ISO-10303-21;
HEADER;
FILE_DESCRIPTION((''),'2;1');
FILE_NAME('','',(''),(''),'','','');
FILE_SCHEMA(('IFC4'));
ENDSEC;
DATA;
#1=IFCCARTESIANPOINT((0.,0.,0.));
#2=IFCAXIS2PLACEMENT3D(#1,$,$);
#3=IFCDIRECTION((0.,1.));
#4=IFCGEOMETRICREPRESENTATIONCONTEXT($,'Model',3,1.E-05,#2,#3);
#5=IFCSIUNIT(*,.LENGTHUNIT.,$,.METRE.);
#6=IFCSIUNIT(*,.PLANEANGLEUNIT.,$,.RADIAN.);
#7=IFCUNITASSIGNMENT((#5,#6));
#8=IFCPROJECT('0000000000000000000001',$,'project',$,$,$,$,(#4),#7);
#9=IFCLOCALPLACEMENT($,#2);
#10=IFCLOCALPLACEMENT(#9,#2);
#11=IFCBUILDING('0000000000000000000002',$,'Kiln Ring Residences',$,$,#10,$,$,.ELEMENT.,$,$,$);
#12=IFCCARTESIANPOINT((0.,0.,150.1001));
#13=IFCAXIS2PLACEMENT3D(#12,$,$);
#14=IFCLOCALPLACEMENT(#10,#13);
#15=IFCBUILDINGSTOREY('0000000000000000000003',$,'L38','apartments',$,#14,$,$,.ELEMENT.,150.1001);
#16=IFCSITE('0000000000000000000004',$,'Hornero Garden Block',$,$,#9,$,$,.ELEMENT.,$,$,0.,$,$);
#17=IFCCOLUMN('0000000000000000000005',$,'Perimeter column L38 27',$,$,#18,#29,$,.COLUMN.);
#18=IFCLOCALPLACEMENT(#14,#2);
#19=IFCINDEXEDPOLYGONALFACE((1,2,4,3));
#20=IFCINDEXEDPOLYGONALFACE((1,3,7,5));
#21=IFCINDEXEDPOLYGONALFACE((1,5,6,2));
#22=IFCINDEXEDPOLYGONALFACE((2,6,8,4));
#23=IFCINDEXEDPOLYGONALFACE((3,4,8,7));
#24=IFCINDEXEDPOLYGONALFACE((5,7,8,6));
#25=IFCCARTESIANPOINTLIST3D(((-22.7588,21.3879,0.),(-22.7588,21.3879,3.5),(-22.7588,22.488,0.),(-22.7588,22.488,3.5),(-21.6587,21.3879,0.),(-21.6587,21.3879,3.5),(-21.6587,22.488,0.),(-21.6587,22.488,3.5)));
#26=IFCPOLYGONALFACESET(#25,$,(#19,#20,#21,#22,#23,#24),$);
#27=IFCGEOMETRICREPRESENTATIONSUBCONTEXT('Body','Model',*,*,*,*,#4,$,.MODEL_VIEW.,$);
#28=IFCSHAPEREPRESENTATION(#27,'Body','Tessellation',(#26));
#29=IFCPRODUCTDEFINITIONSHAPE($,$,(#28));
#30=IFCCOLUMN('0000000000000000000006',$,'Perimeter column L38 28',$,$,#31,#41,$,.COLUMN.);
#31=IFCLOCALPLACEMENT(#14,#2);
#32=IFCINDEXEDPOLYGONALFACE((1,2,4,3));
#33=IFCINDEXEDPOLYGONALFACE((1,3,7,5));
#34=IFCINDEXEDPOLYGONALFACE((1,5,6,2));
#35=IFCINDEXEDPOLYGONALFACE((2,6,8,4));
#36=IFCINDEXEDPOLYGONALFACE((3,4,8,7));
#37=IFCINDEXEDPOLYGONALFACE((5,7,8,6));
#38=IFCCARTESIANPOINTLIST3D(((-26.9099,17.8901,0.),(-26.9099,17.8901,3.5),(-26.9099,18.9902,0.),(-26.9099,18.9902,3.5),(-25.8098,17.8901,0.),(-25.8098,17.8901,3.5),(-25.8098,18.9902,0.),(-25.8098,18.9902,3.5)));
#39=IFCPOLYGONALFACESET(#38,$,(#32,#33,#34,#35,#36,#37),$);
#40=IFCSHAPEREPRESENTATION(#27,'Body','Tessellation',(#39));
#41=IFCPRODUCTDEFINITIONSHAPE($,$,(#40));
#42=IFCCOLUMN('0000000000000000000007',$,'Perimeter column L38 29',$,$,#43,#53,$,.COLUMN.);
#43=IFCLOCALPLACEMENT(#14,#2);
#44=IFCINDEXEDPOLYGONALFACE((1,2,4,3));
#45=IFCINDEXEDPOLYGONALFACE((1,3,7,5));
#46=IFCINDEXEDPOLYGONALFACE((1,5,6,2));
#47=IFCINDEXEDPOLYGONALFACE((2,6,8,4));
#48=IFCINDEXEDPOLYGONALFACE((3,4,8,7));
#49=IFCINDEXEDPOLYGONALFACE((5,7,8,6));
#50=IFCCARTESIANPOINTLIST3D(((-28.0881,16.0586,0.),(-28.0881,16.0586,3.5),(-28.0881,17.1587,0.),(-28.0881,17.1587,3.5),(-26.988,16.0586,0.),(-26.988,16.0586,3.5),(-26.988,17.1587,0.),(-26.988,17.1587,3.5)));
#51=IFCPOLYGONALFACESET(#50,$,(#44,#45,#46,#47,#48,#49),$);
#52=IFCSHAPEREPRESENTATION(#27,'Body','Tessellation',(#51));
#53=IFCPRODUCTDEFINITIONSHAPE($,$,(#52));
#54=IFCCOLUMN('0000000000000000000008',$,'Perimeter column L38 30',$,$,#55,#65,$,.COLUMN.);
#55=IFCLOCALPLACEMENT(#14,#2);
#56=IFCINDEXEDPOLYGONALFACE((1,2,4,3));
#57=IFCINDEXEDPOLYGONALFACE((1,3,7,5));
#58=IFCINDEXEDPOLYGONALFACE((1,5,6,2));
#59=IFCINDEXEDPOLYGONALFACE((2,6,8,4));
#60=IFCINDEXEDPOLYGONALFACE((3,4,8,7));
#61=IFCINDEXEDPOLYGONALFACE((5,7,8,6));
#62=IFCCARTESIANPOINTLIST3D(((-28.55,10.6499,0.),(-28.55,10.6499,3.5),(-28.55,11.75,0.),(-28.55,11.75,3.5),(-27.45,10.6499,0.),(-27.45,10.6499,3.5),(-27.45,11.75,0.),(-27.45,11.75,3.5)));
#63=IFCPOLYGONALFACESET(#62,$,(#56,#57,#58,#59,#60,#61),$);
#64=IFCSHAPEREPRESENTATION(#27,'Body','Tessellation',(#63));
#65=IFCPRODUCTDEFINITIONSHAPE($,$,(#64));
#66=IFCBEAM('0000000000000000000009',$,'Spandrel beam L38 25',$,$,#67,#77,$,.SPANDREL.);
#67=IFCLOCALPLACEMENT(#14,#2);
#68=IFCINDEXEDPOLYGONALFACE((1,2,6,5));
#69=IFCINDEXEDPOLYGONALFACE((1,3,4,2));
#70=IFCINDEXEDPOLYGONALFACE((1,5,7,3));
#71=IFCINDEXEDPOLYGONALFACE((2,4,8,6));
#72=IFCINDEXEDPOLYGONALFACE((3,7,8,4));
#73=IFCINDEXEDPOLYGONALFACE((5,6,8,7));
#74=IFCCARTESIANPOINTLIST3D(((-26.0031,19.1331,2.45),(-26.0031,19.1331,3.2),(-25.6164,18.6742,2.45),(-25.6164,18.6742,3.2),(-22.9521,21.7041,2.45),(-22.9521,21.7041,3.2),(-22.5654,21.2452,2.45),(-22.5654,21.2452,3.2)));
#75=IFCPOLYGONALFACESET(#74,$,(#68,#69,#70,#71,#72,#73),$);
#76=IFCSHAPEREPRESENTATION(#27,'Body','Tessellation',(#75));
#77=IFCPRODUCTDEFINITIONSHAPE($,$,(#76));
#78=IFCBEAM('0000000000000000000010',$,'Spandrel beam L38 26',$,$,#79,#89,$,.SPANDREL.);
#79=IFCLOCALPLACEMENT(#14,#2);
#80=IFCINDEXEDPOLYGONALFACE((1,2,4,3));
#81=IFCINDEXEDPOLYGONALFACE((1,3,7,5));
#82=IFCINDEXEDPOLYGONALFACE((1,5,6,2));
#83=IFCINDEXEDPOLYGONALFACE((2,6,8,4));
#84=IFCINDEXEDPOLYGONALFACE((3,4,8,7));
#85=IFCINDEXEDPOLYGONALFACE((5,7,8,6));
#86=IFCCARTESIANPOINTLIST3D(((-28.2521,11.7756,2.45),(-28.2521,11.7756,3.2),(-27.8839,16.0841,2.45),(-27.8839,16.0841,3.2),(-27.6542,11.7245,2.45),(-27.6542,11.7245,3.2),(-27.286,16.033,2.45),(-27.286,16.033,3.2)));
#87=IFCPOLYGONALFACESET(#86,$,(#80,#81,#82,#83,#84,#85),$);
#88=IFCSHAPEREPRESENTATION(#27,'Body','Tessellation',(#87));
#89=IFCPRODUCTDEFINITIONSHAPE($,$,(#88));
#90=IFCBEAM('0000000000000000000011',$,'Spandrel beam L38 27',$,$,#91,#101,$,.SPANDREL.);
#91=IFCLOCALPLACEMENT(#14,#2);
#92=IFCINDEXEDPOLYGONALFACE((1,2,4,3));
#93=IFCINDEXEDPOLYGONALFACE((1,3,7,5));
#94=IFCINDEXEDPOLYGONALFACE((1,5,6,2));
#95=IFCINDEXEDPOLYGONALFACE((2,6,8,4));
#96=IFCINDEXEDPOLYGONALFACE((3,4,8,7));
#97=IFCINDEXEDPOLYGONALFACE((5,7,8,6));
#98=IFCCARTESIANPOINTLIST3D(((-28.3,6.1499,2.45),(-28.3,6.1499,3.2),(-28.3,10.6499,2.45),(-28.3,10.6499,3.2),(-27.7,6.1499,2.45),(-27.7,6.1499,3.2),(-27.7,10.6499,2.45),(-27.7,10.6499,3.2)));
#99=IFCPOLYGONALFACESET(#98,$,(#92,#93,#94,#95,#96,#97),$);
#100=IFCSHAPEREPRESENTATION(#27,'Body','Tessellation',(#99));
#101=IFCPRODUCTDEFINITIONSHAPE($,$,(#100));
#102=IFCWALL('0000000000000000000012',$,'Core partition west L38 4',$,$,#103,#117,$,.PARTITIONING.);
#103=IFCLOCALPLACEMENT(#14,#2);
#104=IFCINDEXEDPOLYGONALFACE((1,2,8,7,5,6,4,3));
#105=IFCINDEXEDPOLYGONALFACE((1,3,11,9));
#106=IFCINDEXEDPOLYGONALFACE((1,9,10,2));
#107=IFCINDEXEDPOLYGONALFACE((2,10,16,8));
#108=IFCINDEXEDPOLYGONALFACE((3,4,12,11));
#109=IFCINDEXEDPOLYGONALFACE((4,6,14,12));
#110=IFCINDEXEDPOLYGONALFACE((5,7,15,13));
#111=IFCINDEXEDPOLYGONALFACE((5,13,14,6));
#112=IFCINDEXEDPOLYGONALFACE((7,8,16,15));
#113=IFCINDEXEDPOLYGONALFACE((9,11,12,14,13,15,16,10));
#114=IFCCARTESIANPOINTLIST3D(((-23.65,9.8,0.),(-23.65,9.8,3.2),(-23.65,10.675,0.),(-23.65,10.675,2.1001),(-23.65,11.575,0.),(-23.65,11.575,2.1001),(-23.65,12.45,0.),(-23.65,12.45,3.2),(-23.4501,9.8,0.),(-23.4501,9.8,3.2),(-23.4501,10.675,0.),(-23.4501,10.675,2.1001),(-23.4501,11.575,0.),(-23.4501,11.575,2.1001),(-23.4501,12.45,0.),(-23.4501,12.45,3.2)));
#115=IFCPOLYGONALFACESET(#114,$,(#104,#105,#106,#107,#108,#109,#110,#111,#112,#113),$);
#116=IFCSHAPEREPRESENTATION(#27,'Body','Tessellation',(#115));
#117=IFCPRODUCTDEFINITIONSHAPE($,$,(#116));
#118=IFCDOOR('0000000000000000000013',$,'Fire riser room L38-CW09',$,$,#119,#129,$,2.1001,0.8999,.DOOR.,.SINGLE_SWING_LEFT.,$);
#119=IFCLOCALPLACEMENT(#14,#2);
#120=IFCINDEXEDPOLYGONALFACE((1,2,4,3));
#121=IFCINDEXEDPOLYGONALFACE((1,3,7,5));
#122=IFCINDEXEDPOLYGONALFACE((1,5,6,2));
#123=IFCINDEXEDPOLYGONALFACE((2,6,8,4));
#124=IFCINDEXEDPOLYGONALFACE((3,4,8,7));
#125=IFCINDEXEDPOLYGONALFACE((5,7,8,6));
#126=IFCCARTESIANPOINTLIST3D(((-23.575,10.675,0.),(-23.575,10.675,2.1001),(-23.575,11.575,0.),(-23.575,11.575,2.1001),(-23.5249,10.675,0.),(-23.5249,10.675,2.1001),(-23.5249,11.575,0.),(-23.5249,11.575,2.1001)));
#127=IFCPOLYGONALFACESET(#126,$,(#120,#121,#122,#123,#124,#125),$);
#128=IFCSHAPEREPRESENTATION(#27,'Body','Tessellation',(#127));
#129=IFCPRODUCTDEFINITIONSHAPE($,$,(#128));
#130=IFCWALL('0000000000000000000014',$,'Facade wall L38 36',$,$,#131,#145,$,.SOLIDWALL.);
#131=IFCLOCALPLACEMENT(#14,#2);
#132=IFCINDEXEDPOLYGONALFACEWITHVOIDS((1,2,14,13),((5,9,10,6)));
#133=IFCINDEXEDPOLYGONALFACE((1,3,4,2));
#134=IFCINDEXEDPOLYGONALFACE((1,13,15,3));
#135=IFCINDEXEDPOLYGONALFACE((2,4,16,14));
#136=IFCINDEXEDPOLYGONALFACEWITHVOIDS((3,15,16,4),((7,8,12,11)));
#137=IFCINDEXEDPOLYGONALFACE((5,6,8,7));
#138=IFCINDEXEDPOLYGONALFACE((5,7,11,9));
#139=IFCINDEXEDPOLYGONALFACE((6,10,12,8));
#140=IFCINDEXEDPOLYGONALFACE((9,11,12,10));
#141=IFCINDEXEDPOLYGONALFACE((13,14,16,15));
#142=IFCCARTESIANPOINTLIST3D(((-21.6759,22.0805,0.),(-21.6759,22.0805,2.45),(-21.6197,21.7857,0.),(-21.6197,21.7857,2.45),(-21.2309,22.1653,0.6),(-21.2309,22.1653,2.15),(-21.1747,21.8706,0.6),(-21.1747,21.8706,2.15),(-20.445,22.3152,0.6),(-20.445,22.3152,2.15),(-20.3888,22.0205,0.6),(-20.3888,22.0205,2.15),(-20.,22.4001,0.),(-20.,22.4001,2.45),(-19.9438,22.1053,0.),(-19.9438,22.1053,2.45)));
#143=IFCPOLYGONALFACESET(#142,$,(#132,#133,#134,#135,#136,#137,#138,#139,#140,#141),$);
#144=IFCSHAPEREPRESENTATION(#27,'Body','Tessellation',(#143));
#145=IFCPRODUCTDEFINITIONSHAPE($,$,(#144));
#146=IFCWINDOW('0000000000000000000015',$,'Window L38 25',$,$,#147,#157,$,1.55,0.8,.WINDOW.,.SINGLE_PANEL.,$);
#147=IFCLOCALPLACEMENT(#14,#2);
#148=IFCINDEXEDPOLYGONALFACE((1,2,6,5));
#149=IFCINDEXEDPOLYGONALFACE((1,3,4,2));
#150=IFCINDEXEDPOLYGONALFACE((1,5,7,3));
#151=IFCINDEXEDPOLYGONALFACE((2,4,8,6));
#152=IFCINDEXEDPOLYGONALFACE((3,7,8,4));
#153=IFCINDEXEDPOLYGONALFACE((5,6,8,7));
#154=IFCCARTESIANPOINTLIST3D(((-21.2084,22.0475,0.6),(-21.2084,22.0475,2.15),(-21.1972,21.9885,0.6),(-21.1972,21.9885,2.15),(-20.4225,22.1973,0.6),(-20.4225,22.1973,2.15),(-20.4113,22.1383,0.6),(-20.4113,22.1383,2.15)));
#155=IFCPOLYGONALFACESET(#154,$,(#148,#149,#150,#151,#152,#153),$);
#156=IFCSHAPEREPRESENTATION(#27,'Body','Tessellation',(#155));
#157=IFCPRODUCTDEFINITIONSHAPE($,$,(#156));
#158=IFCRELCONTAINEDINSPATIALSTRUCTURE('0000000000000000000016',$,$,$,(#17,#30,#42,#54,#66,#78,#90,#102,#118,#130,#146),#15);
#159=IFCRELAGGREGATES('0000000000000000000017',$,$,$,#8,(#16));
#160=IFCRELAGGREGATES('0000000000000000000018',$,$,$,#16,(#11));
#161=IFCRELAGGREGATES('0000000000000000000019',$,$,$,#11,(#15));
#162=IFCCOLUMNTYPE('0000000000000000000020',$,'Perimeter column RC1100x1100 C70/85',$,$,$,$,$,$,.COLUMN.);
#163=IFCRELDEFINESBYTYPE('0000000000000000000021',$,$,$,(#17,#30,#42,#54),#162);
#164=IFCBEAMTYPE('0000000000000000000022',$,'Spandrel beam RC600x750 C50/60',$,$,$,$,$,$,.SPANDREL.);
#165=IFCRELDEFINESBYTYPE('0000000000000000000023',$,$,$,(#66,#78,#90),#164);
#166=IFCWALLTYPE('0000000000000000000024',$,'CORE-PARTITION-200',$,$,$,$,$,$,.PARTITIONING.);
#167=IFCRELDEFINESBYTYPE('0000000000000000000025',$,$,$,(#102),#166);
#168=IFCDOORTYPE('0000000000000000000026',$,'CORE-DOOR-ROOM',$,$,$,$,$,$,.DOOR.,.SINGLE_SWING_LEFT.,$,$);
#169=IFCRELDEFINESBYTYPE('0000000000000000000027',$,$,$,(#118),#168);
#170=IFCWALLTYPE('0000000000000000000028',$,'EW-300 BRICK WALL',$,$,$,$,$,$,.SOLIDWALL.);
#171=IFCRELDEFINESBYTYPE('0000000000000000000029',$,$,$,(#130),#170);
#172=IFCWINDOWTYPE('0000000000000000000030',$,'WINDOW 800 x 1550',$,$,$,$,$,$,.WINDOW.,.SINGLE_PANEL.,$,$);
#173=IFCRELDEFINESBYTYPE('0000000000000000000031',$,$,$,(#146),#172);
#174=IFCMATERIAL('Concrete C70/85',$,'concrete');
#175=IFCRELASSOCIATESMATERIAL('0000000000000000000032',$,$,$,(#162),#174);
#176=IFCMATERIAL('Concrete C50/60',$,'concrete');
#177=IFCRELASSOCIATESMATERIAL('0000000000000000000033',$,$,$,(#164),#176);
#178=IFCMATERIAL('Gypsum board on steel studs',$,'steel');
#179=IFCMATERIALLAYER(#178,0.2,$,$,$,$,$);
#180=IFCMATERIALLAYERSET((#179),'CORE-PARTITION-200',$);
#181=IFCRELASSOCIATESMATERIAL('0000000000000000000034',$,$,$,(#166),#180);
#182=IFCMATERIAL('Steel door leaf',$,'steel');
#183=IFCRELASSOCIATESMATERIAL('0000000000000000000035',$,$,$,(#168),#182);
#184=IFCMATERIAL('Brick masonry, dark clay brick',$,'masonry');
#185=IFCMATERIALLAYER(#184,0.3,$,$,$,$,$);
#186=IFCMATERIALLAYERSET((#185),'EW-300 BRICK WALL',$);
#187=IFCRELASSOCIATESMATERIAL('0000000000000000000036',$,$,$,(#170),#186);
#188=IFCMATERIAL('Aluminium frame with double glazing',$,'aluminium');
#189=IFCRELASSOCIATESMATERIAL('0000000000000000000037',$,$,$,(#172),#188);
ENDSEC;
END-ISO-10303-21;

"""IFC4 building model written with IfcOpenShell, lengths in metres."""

from ifc_helpers import new_model, si_unit, direction, frame, frame_2d, origin, origin_2d, place, context, subcontext, project, spatial, rectangle, extrude, material, layer, layer_set, material_profile, profile_set, type_object, element, fill, save


model = new_model("IFC4")

# Units and contexts
model_context = context("Model", 3, precision=1e-05, world=origin(), true_north=direction((0.0, 1.0)))
body_context = subcontext(model_context, "Body", "Model", "MODEL_VIEW")
ifc_project = project(units=[si_unit("LENGTHUNIT", "METRE"), si_unit("PLANEANGLEUNIT", "RADIAN")], contexts=[model_context])

# Site, building, storey
site_placement = place(None, origin())
site = spatial("IfcSite", under=ifc_project, at=site_placement, Name="Hornero Garden Block", CompositionType="ELEMENT", RefElevation=0.0)
building_placement = place(site_placement, origin())
building = spatial("IfcBuilding", under=site, at=building_placement, Name="Kiln Ring Residences", CompositionType="ELEMENT")
storey_placement = place(building_placement, frame((0.0, 0.0, 150.1001)))
storey = spatial("IfcBuildingStorey", under=building, at=storey_placement, Name="L38", Description="apartments", CompositionType="ELEMENT", Elevation=150.1001)

# Columns
ifc_material_1 = material(Name="Concrete C70/85", Category="concrete")
ifc_material_profile_1 = material_profile(ifc_material_1, rectangle(XDim=1.1001, YDim=1.1001, at=origin_2d()), Name="RC1100x1100")
ifc_profile_set_1 = profile_set([ifc_material_profile_1], Name="Concrete C70/85")
column_type = type_object("IfcColumnType", Name="Perimeter column RC1100x1100 C70/85", PredefinedType="COLUMN", material=ifc_profile_set_1)
for number, where, z_axis, x_axis, name in (
    (1, (-22.2087, 21.938, 0.0), (0.0, 0.0, 1.0), (1.0, 0.0, 0.0), "Perimeter column L38 27"),
    (2, (-26.3599, 18.4402, 0.0), (0.0, 0.0, 1.0), (1.0, 0.0, 0.0), "Perimeter column L38 28"),
    (3, (-27.5381, 16.6086, 0.0), (0.0, 0.0, 1.0), (1.0, 0.0, 0.0), "Perimeter column L38 29"),
    (4, (-28.0, 11.2, 0.0), (0.0, 0.0, 1.0), (1.0, 0.0, 0.0), "Perimeter column L38 30"),
):
    element("IfcColumn", number, at=place(storey_placement, frame(where, z_axis=z_axis, x_axis=x_axis)), inside=storey, type_object=column_type, Name=name, PredefinedType="COLUMN", context=body_context, shape_type="SweptSolid", body=[
        extrude(rectangle(XDim=1.1001, YDim=1.1001, at=origin_2d()), origin(), (0.0, 0.0, 1.0), 3.5),
    ])

# Beams
ifc_material_2 = material(Name="Concrete C50/60", Category="concrete")
ifc_material_profile_2 = material_profile(ifc_material_2, rectangle(XDim=0.6001, YDim=0.75, at=origin_2d()), Name="RC600x750")
ifc_profile_set_2 = profile_set([ifc_material_profile_2], Name="Concrete C50/60")
beam_type = type_object("IfcBeamType", Name="Spandrel beam RC600x750 C50/60", PredefinedType="SPANDREL", material=ifc_profile_set_2)
beam_1_placement = place(storey_placement, frame((-22.7588, 21.4746, 2.825), z_axis=(-0.764694, -0.644394, 0.0), x_axis=(0.644394, -0.764694, 0.0)))
element("IfcBeam", 5, at=beam_1_placement, inside=storey, type_object=beam_type, Name="Spandrel beam L38 25", PredefinedType="SPANDREL", context=body_context, shape_type="SweptSolid", body=[
    extrude(rectangle(XDim=0.6001, YDim=0.75, at=origin_2d()), origin(), (0.0, 0.0, 1.0), 3.9897),
])
beam_2_placement = place(storey_placement, frame((-27.585, 16.0586, 2.825), z_axis=(-0.085139, -0.996369, 0.0), x_axis=(0.996369, -0.085139, 0.0)))
element("IfcBeam", 6, at=beam_2_placement, inside=storey, type_object=beam_type, Name="Spandrel beam L38 26", PredefinedType="SPANDREL", context=body_context, shape_type="SweptSolid", body=[
    extrude(rectangle(XDim=0.6001, YDim=0.75, at=origin_2d()), origin(), (0.0, 0.0, 1.0), 4.3242),
])
beam_3_placement = place(storey_placement, frame((-28.0, 10.6499, 2.825), z_axis=(0.0, -1.0, 0.0), x_axis=(1.0, 0.0, 0.0)))
element("IfcBeam", 7, at=beam_3_placement, inside=storey, type_object=beam_type, Name="Spandrel beam L38 27", PredefinedType="SPANDREL", context=body_context, shape_type="SweptSolid", body=[
    extrude(rectangle(XDim=0.6001, YDim=0.75, at=origin_2d()), origin(), (0.0, 0.0, 1.0), 4.5),
])

# Wall, opening, door
ifc_material_3 = material(Name="Gypsum board on steel studs", Category="steel")
ifc_layer_1 = layer(ifc_material_3, 0.2)
ifc_layer_set_1 = layer_set([ifc_layer_1], Name="CORE-PARTITION-200")
wall_type_1 = type_object("IfcWallType", Name="CORE-PARTITION-200", PredefinedType="PARTITIONING", material=ifc_layer_set_1)
wall_1_placement = place(storey_placement, frame((-23.55, 9.8, 0.0), z_axis=(0.0, 0.0, 1.0), x_axis=(0.0, 1.0, 0.0)))
wall_1 = element("IfcWall", 8, at=wall_1_placement, inside=storey, type_object=wall_type_1, Name="Core partition west L38 4", PredefinedType="PARTITIONING", context=body_context, shape_type="SweptSolid", body=[
    extrude(rectangle(XDim=2.6499, YDim=0.2, at=frame_2d((1.325, 0.0))), origin(), (0.0, 0.0, 1.0), 3.2),
])
opening_1_placement = place(wall_1_placement, frame((0.875, 0.0, 0.0)))
opening_1 = element("IfcOpeningElement", 9, at=opening_1_placement, cuts=wall_1, PredefinedType="OPENING", context=body_context, shape_type="SweptSolid", body=[
    extrude(rectangle(XDim=0.8999, YDim=2.1001, at=frame_2d((0.45, 1.05))), frame((0.0, 0.1099, 0.0), z_axis=(0.0, -1.0, 0.0), x_axis=(1.0, 0.0, 0.0)), (0.0, 0.0, 1.0), 0.22),
])
ifc_material_4 = material(Name="Steel door leaf", Category="steel")
door_type_1 = type_object("IfcDoorType", Name="CORE-DOOR-ROOM", OperationType="SINGLE_SWING_LEFT", PredefinedType="DOOR", material=ifc_material_4)
door_1_placement = place(opening_1_placement, origin())
door_1 = element("IfcDoor", 10, at=door_1_placement, inside=storey, type_object=door_type_1, Name="Fire riser room L38-CW09", OperationType="SINGLE_SWING_LEFT", OverallHeight=2.1001, OverallWidth=0.8999, PredefinedType="DOOR", context=body_context, shape_type="SweptSolid", body=[
    extrude(rectangle(XDim=0.8999, YDim=2.1001, at=frame_2d((0.45, 1.05))), frame((0.0, 0.0249, 0.0), z_axis=(0.0, -1.0, 0.0), x_axis=(1.0, 0.0, 0.0)), (0.0, 0.0, 1.0), 0.05),
])
fill(opening_1, door_1)

# Wall, opening, window
ifc_material_5 = material(Name="Brick masonry, dark clay brick", Category="masonry")
ifc_layer_2 = layer(ifc_material_5, 0.3)
ifc_layer_set_2 = layer_set([ifc_layer_2], Name="EW-300 BRICK WALL")
wall_type_2 = type_object("IfcWallType", Name="EW-300 BRICK WALL", PredefinedType="SOLIDWALL", material=ifc_layer_set_2)
wall_2_placement = place(storey_placement, frame((-19.9719, 22.2527, 0.0), z_axis=(0.0, 0.0, 1.0), x_axis=(-0.982297, -0.187329, 0.0)))
wall_2 = element("IfcWall", 11, at=wall_2_placement, inside=storey, type_object=wall_type_2, Name="Facade wall L38 36", PredefinedType="SOLIDWALL", context=body_context, shape_type="SweptSolid", body=[
    extrude(rectangle(XDim=1.7061, YDim=0.3, at=frame_2d((0.853, 0.0))), origin(), (0.0, 0.0, 1.0), 2.45),
])
opening_2_placement = place(wall_2_placement, frame((0.4531, 0.0, 0.6001)))
opening_2 = element("IfcOpeningElement", 12, at=opening_2_placement, cuts=wall_2, PredefinedType="OPENING", context=body_context, shape_type="SweptSolid", body=[
    extrude(rectangle(XDim=0.8, YDim=1.55, at=frame_2d((0.3999, 0.7749))), frame((0.0, 0.1599, 0.0), z_axis=(0.0, -1.0, 0.0), x_axis=(1.0, 0.0, 0.0)), (0.0, 0.0, 1.0), 0.3201),
])
ifc_material_6 = material(Name="Aluminium frame with double glazing", Category="aluminium")
window_type_1 = type_object("IfcWindowType", Name="WINDOW 800 x 1550", PartitioningType="SINGLE_PANEL", PredefinedType="WINDOW", material=ifc_material_6)
window_1_placement = place(opening_2_placement, origin())
window_1 = element("IfcWindow", 13, at=window_1_placement, inside=storey, type_object=window_type_1, Name="Window L38 25", OverallHeight=1.55, OverallWidth=0.8, PartitioningType="SINGLE_PANEL", PredefinedType="WINDOW", context=body_context, shape_type="SweptSolid", body=[
    extrude(rectangle(XDim=0.8, YDim=1.55, at=frame_2d((0.3999, 0.7749))), frame((0.0, 0.03, 0.0), z_axis=(0.0, -1.0, 0.0), x_axis=(1.0, 0.0, 0.0)), (0.0, 0.0, 1.0), 0.0601),
])
fill(opening_2, window_1)

save(model, "model.ifc")
